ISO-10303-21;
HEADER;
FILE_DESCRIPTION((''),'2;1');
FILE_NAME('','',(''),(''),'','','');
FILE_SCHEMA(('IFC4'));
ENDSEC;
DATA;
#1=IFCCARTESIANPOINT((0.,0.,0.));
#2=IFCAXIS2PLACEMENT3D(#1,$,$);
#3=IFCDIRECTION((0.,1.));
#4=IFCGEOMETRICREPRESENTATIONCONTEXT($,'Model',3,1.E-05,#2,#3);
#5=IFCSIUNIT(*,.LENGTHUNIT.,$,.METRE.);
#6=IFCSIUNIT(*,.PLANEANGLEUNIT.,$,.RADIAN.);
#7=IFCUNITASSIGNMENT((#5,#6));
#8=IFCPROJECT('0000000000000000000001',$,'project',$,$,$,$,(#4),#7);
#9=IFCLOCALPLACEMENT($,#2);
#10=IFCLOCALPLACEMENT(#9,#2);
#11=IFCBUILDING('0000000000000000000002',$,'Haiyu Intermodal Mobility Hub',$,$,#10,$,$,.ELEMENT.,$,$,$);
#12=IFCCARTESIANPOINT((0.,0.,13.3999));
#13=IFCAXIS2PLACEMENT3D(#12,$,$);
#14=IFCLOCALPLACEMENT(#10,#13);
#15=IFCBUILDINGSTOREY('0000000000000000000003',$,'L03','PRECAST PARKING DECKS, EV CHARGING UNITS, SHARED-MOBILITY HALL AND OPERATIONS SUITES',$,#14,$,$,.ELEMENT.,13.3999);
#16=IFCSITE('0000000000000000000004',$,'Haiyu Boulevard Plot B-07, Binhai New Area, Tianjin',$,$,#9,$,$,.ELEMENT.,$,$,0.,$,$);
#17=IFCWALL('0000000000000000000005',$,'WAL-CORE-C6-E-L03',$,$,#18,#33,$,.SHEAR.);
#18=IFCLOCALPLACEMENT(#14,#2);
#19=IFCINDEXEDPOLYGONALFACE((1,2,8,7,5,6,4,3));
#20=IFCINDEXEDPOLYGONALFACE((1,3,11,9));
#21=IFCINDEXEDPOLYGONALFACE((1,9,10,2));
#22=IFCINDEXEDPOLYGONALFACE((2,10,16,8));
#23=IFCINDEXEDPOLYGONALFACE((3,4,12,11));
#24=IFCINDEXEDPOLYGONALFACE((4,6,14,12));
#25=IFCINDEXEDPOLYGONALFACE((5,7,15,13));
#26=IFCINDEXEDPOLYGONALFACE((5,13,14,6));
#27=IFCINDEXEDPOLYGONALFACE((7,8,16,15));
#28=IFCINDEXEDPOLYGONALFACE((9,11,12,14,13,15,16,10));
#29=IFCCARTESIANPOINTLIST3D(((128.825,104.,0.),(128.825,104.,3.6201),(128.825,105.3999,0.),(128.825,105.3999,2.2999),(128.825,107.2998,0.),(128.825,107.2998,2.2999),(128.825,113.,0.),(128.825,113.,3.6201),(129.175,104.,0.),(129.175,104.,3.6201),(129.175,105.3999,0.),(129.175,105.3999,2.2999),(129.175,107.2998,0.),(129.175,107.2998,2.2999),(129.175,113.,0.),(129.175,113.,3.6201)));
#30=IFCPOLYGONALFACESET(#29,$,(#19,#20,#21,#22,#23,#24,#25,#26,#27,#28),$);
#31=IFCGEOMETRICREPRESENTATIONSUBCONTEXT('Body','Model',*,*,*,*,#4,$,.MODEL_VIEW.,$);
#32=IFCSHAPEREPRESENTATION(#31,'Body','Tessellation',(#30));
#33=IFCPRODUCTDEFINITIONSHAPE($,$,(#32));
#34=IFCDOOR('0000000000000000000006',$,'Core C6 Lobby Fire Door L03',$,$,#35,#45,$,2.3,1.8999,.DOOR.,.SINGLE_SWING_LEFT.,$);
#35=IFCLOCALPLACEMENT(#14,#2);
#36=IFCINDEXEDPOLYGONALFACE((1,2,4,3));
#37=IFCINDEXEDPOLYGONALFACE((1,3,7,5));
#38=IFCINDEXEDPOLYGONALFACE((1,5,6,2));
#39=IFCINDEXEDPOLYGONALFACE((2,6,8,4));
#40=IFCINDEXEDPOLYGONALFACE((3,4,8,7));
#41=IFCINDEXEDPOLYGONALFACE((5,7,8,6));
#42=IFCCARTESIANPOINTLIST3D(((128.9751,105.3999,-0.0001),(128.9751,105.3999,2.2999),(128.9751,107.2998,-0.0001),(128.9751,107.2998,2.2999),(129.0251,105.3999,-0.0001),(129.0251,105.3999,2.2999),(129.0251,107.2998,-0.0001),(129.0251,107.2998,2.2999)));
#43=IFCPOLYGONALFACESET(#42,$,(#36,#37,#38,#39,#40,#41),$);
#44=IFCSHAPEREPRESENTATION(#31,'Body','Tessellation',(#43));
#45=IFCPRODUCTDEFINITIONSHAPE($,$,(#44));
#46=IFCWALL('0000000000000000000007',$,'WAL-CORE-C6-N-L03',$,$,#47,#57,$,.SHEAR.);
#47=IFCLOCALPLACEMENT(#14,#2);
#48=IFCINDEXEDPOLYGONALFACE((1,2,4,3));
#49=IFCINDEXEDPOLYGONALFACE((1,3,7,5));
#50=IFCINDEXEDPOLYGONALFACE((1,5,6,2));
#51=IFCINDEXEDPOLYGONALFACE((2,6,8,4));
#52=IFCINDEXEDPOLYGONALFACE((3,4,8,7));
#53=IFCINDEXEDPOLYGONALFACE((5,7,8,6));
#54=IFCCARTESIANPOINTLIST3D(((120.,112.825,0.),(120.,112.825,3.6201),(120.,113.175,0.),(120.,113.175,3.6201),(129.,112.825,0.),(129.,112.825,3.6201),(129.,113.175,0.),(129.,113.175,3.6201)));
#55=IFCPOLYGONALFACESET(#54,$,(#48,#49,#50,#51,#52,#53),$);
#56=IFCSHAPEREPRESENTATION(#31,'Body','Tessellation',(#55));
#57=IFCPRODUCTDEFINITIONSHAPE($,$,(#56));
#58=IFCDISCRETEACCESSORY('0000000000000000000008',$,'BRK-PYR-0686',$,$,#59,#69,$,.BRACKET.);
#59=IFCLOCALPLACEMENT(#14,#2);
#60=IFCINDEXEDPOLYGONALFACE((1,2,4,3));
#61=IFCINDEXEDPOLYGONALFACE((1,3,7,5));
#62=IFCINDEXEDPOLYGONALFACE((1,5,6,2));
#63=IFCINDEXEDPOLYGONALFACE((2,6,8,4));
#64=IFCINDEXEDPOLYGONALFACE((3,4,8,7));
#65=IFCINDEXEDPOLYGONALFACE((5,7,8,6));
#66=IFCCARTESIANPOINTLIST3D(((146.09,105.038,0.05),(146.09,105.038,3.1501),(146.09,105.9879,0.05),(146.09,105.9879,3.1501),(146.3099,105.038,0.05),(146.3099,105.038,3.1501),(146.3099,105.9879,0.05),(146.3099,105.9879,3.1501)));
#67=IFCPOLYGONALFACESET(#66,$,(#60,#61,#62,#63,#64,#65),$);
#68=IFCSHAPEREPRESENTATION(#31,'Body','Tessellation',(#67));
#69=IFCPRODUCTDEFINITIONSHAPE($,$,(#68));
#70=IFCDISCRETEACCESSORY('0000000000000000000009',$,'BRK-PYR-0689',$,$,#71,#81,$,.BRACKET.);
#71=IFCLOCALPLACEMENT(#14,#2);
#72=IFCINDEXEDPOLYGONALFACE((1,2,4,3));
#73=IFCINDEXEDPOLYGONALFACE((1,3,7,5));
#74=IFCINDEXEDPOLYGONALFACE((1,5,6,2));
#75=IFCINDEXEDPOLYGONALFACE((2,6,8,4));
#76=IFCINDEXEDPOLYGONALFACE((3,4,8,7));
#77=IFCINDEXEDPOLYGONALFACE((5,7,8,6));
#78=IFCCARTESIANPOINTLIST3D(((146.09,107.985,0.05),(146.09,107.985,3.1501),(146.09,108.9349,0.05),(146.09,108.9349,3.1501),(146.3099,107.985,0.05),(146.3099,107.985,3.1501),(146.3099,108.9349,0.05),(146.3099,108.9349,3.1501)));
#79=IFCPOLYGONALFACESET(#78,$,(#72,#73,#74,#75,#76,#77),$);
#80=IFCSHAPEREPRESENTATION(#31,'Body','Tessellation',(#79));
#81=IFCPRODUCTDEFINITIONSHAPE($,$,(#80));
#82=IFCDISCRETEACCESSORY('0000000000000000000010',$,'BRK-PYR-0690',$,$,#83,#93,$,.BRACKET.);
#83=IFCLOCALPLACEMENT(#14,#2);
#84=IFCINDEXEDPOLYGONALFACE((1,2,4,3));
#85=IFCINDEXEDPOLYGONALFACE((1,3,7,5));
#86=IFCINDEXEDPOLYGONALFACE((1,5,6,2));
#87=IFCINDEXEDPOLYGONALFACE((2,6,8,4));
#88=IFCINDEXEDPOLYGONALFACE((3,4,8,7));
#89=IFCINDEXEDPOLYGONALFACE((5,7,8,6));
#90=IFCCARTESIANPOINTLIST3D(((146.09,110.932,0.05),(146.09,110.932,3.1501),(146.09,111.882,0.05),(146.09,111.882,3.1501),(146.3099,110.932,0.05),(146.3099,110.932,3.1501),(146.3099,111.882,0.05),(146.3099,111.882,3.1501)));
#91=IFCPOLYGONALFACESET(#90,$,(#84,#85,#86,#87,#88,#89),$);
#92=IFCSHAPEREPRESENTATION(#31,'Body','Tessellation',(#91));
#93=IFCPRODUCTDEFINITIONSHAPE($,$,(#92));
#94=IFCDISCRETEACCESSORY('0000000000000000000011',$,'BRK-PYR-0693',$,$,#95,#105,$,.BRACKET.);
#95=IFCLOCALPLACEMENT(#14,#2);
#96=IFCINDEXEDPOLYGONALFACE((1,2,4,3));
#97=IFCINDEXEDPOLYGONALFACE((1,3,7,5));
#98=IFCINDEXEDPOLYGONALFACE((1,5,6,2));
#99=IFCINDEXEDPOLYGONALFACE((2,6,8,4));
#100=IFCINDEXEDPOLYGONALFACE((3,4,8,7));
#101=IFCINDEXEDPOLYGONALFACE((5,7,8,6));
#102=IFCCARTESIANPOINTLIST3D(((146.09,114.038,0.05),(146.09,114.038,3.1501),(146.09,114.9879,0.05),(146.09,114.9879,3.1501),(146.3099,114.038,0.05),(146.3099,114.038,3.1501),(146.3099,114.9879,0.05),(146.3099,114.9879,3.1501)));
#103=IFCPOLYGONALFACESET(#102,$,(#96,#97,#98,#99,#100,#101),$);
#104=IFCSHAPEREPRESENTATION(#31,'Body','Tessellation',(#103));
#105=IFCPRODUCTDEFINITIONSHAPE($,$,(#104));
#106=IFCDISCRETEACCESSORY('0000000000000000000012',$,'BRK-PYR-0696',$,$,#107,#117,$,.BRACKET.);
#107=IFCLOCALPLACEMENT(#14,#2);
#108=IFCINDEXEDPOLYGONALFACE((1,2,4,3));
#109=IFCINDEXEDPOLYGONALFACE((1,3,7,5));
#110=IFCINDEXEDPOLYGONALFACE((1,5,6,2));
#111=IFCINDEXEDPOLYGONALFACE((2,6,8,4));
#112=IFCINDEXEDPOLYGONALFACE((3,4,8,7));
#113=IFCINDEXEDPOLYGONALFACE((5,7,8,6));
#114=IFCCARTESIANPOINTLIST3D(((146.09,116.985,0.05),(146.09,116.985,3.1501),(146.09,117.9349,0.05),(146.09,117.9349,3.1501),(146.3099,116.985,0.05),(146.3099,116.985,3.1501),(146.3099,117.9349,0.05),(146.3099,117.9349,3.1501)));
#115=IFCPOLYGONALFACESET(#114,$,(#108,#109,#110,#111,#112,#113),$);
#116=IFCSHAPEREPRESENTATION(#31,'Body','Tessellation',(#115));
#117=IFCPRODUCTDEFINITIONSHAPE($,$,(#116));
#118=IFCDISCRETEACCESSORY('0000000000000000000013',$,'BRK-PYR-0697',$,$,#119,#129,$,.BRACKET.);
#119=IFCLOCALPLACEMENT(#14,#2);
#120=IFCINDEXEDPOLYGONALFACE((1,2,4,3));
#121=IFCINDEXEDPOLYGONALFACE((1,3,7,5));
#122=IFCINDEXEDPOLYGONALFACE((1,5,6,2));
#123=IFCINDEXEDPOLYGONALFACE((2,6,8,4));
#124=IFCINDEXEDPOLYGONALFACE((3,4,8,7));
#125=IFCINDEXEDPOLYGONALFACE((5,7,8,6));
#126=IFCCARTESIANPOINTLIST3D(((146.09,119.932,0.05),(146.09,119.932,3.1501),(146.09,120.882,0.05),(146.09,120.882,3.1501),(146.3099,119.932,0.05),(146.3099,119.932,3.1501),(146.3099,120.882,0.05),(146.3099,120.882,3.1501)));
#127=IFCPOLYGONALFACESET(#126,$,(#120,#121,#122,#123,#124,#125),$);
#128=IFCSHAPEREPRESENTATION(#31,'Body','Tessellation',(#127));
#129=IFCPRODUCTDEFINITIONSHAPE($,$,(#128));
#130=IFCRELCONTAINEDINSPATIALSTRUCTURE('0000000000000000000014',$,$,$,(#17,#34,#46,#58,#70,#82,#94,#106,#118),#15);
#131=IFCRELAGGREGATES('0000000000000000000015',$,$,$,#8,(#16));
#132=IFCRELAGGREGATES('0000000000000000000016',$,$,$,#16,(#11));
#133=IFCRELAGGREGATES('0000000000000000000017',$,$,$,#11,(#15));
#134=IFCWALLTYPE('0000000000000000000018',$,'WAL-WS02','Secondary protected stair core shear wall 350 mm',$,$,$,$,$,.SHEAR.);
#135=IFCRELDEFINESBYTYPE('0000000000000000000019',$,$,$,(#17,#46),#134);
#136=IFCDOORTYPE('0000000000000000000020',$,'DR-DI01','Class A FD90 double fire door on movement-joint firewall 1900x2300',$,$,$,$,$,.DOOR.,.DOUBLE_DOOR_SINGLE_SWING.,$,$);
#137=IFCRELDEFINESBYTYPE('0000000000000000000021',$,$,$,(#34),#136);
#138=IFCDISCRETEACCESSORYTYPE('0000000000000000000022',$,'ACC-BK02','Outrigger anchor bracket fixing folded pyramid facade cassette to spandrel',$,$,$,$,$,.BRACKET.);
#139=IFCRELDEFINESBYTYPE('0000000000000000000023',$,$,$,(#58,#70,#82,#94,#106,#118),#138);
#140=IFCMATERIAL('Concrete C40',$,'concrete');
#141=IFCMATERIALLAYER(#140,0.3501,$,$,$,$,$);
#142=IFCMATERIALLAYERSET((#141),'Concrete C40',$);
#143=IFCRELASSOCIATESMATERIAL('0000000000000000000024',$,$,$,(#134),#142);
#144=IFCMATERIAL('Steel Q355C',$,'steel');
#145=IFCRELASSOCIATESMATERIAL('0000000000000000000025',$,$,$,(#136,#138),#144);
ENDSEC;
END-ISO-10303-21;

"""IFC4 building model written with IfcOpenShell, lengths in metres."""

from ifc_helpers import new_model, si_unit, direction, frame, frame_2d, origin, origin_2d, place, context, subcontext, project, spatial, rectangle, extrude, material, layer, layer_set, type_object, element, fill, save


model = new_model("IFC4")

# Units and contexts
model_context = context("Model", 3, precision=1e-05, world=origin(), true_north=direction((0.0, 1.0)))
body_context = subcontext(model_context, "Body", "Model", "MODEL_VIEW")
ifc_project = project(units=[si_unit("LENGTHUNIT", "METRE"), si_unit("PLANEANGLEUNIT", "RADIAN")], contexts=[model_context])

# Site, building, storey
site_placement = place(None, origin())
site = spatial("IfcSite", under=ifc_project, at=site_placement, Name="Haiyu Boulevard Plot B-07, Binhai New Area, Tianjin", CompositionType="ELEMENT", RefElevation=0.0)
building_placement = place(site_placement, origin())
building = spatial("IfcBuilding", under=site, at=building_placement, Name="Haiyu Intermodal Mobility Hub", CompositionType="ELEMENT")
storey_placement = place(building_placement, frame((0.0, 0.0, 13.3999)))
storey = spatial("IfcBuildingStorey", under=building, at=storey_placement, Name="L03", Description="PRECAST PARKING DECKS, EV CHARGING UNITS, SHARED-MOBILITY HALL AND OPERATIONS SUITES", CompositionType="ELEMENT", Elevation=13.3999)

# Shared definitions
ifc_material_1 = material(Name="Concrete C40", Category="concrete")

# Wall, opening, door
ifc_layer = layer(ifc_material_1, 0.3501)
ifc_layer_set = layer_set([ifc_layer], Name="Concrete C40")
wall_type = type_object("IfcWallType", Name="WAL-WS02", Description="Secondary protected stair core shear wall 350 mm", PredefinedType="SHEAR", material=ifc_layer_set)
wall_1_placement = place(storey_placement, frame((129.0, 104.0, 0.0), z_axis=(0.0, 0.0, 1.0), x_axis=(0.0, 1.0, 0.0)))
wall_1 = element("IfcWall", 1, at=wall_1_placement, inside=storey, type_object=wall_type, Name="WAL-CORE-C6-E-L03", PredefinedType="SHEAR", context=body_context, shape_type="SweptSolid", body=[
    extrude(rectangle(XDim=9.0, YDim=0.3501, at=frame_2d((4.5, 0.0))), origin(), (0.0, 0.0, 1.0), 3.6201),
])
opening_placement = place(wall_1_placement, frame((1.3999, 0.0, 0.0)))
opening = element("IfcOpeningElement", 2, at=opening_placement, cuts=wall_1, PredefinedType="OPENING", context=body_context, shape_type="SweptSolid", body=[
    extrude(rectangle(XDim=1.8999, YDim=2.3, at=frame_2d((0.95, 1.1499))), frame((0.0, 0.1851, 0.0), z_axis=(0.0, -1.0, 0.0), x_axis=(1.0, 0.0, 0.0)), (0.0, 0.0, 1.0), 0.3701),
])
ifc_material_2 = material(Name="Steel Q355C", Category="steel")
door_type = type_object("IfcDoorType", Name="DR-DI01", Description="Class A FD90 double fire door on movement-joint firewall 1900x2300", OperationType="DOUBLE_DOOR_SINGLE_SWING", PredefinedType="DOOR", material=ifc_material_2)
door_placement = place(opening_placement, origin())
door = element("IfcDoor", 3, at=door_placement, inside=storey, type_object=door_type, Name="Core C6 Lobby Fire Door L03", OperationType="SINGLE_SWING_LEFT", OverallHeight=2.3, OverallWidth=1.8999, PredefinedType="DOOR", context=body_context, shape_type="SweptSolid", body=[
    extrude(rectangle(XDim=1.8999, YDim=2.3, at=frame_2d((0.95, 1.1499))), frame((0.0, 0.0249, 0.0), z_axis=(0.0, -1.0, 0.0), x_axis=(1.0, 0.0, 0.0)), (0.0, 0.0, 1.0), 0.05),
])
fill(opening, door)

# Wall
wall_2_placement = place(storey_placement, frame((129.0, 113.0, 0.0), z_axis=(0.0, 0.0, 1.0), x_axis=(-1.0, 0.0, 0.0)))
element("IfcWall", 4, at=wall_2_placement, inside=storey, type_object=wall_type, Name="WAL-CORE-C6-N-L03", PredefinedType="SHEAR", context=body_context, shape_type="SweptSolid", body=[
    extrude(rectangle(XDim=9.0, YDim=0.3501, at=frame_2d((4.5, 0.0))), origin(), (0.0, 0.0, 1.0), 3.6201),
])

# Discrete accessories
discrete_accessory_type = type_object("IfcDiscreteAccessoryType", Name="ACC-BK02", Description="Outrigger anchor bracket fixing folded pyramid facade cassette to spandrel", PredefinedType="BRACKET", material=ifc_material_2)
for number, where, z_axis, x_axis, name in (
    (5, (146.2, 105.5129, 0.05), (0.0, 0.0, 1.0), (1.0, 0.0, 0.0), "BRK-PYR-0686"),
    (6, (146.2, 108.46, 0.05), (0.0, 0.0, 1.0), (1.0, 0.0, 0.0), "BRK-PYR-0689"),
    (7, (146.2, 111.407, 0.05), (0.0, 0.0, 1.0), (1.0, 0.0, 0.0), "BRK-PYR-0690"),
    (8, (146.2, 114.5129, 0.05), (0.0, 0.0, 1.0), (1.0, 0.0, 0.0), "BRK-PYR-0693"),
    (9, (146.2, 117.46, 0.05), (0.0, 0.0, 1.0), (1.0, 0.0, 0.0), "BRK-PYR-0696"),
    (10, (146.2, 120.407, 0.05), (0.0, 0.0, 1.0), (1.0, 0.0, 0.0), "BRK-PYR-0697"),
):
    element("IfcDiscreteAccessory", number, at=place(storey_placement, frame(where, z_axis=z_axis, x_axis=x_axis)), inside=storey, type_object=discrete_accessory_type, Name=name, PredefinedType="BRACKET", context=body_context, shape_type="SweptSolid", body=[
        extrude(rectangle(XDim=0.22, YDim=0.95, at=origin_2d()), origin(), (0.0, 0.0, 1.0), 3.1001),
    ])

save(model, "model.ifc")
